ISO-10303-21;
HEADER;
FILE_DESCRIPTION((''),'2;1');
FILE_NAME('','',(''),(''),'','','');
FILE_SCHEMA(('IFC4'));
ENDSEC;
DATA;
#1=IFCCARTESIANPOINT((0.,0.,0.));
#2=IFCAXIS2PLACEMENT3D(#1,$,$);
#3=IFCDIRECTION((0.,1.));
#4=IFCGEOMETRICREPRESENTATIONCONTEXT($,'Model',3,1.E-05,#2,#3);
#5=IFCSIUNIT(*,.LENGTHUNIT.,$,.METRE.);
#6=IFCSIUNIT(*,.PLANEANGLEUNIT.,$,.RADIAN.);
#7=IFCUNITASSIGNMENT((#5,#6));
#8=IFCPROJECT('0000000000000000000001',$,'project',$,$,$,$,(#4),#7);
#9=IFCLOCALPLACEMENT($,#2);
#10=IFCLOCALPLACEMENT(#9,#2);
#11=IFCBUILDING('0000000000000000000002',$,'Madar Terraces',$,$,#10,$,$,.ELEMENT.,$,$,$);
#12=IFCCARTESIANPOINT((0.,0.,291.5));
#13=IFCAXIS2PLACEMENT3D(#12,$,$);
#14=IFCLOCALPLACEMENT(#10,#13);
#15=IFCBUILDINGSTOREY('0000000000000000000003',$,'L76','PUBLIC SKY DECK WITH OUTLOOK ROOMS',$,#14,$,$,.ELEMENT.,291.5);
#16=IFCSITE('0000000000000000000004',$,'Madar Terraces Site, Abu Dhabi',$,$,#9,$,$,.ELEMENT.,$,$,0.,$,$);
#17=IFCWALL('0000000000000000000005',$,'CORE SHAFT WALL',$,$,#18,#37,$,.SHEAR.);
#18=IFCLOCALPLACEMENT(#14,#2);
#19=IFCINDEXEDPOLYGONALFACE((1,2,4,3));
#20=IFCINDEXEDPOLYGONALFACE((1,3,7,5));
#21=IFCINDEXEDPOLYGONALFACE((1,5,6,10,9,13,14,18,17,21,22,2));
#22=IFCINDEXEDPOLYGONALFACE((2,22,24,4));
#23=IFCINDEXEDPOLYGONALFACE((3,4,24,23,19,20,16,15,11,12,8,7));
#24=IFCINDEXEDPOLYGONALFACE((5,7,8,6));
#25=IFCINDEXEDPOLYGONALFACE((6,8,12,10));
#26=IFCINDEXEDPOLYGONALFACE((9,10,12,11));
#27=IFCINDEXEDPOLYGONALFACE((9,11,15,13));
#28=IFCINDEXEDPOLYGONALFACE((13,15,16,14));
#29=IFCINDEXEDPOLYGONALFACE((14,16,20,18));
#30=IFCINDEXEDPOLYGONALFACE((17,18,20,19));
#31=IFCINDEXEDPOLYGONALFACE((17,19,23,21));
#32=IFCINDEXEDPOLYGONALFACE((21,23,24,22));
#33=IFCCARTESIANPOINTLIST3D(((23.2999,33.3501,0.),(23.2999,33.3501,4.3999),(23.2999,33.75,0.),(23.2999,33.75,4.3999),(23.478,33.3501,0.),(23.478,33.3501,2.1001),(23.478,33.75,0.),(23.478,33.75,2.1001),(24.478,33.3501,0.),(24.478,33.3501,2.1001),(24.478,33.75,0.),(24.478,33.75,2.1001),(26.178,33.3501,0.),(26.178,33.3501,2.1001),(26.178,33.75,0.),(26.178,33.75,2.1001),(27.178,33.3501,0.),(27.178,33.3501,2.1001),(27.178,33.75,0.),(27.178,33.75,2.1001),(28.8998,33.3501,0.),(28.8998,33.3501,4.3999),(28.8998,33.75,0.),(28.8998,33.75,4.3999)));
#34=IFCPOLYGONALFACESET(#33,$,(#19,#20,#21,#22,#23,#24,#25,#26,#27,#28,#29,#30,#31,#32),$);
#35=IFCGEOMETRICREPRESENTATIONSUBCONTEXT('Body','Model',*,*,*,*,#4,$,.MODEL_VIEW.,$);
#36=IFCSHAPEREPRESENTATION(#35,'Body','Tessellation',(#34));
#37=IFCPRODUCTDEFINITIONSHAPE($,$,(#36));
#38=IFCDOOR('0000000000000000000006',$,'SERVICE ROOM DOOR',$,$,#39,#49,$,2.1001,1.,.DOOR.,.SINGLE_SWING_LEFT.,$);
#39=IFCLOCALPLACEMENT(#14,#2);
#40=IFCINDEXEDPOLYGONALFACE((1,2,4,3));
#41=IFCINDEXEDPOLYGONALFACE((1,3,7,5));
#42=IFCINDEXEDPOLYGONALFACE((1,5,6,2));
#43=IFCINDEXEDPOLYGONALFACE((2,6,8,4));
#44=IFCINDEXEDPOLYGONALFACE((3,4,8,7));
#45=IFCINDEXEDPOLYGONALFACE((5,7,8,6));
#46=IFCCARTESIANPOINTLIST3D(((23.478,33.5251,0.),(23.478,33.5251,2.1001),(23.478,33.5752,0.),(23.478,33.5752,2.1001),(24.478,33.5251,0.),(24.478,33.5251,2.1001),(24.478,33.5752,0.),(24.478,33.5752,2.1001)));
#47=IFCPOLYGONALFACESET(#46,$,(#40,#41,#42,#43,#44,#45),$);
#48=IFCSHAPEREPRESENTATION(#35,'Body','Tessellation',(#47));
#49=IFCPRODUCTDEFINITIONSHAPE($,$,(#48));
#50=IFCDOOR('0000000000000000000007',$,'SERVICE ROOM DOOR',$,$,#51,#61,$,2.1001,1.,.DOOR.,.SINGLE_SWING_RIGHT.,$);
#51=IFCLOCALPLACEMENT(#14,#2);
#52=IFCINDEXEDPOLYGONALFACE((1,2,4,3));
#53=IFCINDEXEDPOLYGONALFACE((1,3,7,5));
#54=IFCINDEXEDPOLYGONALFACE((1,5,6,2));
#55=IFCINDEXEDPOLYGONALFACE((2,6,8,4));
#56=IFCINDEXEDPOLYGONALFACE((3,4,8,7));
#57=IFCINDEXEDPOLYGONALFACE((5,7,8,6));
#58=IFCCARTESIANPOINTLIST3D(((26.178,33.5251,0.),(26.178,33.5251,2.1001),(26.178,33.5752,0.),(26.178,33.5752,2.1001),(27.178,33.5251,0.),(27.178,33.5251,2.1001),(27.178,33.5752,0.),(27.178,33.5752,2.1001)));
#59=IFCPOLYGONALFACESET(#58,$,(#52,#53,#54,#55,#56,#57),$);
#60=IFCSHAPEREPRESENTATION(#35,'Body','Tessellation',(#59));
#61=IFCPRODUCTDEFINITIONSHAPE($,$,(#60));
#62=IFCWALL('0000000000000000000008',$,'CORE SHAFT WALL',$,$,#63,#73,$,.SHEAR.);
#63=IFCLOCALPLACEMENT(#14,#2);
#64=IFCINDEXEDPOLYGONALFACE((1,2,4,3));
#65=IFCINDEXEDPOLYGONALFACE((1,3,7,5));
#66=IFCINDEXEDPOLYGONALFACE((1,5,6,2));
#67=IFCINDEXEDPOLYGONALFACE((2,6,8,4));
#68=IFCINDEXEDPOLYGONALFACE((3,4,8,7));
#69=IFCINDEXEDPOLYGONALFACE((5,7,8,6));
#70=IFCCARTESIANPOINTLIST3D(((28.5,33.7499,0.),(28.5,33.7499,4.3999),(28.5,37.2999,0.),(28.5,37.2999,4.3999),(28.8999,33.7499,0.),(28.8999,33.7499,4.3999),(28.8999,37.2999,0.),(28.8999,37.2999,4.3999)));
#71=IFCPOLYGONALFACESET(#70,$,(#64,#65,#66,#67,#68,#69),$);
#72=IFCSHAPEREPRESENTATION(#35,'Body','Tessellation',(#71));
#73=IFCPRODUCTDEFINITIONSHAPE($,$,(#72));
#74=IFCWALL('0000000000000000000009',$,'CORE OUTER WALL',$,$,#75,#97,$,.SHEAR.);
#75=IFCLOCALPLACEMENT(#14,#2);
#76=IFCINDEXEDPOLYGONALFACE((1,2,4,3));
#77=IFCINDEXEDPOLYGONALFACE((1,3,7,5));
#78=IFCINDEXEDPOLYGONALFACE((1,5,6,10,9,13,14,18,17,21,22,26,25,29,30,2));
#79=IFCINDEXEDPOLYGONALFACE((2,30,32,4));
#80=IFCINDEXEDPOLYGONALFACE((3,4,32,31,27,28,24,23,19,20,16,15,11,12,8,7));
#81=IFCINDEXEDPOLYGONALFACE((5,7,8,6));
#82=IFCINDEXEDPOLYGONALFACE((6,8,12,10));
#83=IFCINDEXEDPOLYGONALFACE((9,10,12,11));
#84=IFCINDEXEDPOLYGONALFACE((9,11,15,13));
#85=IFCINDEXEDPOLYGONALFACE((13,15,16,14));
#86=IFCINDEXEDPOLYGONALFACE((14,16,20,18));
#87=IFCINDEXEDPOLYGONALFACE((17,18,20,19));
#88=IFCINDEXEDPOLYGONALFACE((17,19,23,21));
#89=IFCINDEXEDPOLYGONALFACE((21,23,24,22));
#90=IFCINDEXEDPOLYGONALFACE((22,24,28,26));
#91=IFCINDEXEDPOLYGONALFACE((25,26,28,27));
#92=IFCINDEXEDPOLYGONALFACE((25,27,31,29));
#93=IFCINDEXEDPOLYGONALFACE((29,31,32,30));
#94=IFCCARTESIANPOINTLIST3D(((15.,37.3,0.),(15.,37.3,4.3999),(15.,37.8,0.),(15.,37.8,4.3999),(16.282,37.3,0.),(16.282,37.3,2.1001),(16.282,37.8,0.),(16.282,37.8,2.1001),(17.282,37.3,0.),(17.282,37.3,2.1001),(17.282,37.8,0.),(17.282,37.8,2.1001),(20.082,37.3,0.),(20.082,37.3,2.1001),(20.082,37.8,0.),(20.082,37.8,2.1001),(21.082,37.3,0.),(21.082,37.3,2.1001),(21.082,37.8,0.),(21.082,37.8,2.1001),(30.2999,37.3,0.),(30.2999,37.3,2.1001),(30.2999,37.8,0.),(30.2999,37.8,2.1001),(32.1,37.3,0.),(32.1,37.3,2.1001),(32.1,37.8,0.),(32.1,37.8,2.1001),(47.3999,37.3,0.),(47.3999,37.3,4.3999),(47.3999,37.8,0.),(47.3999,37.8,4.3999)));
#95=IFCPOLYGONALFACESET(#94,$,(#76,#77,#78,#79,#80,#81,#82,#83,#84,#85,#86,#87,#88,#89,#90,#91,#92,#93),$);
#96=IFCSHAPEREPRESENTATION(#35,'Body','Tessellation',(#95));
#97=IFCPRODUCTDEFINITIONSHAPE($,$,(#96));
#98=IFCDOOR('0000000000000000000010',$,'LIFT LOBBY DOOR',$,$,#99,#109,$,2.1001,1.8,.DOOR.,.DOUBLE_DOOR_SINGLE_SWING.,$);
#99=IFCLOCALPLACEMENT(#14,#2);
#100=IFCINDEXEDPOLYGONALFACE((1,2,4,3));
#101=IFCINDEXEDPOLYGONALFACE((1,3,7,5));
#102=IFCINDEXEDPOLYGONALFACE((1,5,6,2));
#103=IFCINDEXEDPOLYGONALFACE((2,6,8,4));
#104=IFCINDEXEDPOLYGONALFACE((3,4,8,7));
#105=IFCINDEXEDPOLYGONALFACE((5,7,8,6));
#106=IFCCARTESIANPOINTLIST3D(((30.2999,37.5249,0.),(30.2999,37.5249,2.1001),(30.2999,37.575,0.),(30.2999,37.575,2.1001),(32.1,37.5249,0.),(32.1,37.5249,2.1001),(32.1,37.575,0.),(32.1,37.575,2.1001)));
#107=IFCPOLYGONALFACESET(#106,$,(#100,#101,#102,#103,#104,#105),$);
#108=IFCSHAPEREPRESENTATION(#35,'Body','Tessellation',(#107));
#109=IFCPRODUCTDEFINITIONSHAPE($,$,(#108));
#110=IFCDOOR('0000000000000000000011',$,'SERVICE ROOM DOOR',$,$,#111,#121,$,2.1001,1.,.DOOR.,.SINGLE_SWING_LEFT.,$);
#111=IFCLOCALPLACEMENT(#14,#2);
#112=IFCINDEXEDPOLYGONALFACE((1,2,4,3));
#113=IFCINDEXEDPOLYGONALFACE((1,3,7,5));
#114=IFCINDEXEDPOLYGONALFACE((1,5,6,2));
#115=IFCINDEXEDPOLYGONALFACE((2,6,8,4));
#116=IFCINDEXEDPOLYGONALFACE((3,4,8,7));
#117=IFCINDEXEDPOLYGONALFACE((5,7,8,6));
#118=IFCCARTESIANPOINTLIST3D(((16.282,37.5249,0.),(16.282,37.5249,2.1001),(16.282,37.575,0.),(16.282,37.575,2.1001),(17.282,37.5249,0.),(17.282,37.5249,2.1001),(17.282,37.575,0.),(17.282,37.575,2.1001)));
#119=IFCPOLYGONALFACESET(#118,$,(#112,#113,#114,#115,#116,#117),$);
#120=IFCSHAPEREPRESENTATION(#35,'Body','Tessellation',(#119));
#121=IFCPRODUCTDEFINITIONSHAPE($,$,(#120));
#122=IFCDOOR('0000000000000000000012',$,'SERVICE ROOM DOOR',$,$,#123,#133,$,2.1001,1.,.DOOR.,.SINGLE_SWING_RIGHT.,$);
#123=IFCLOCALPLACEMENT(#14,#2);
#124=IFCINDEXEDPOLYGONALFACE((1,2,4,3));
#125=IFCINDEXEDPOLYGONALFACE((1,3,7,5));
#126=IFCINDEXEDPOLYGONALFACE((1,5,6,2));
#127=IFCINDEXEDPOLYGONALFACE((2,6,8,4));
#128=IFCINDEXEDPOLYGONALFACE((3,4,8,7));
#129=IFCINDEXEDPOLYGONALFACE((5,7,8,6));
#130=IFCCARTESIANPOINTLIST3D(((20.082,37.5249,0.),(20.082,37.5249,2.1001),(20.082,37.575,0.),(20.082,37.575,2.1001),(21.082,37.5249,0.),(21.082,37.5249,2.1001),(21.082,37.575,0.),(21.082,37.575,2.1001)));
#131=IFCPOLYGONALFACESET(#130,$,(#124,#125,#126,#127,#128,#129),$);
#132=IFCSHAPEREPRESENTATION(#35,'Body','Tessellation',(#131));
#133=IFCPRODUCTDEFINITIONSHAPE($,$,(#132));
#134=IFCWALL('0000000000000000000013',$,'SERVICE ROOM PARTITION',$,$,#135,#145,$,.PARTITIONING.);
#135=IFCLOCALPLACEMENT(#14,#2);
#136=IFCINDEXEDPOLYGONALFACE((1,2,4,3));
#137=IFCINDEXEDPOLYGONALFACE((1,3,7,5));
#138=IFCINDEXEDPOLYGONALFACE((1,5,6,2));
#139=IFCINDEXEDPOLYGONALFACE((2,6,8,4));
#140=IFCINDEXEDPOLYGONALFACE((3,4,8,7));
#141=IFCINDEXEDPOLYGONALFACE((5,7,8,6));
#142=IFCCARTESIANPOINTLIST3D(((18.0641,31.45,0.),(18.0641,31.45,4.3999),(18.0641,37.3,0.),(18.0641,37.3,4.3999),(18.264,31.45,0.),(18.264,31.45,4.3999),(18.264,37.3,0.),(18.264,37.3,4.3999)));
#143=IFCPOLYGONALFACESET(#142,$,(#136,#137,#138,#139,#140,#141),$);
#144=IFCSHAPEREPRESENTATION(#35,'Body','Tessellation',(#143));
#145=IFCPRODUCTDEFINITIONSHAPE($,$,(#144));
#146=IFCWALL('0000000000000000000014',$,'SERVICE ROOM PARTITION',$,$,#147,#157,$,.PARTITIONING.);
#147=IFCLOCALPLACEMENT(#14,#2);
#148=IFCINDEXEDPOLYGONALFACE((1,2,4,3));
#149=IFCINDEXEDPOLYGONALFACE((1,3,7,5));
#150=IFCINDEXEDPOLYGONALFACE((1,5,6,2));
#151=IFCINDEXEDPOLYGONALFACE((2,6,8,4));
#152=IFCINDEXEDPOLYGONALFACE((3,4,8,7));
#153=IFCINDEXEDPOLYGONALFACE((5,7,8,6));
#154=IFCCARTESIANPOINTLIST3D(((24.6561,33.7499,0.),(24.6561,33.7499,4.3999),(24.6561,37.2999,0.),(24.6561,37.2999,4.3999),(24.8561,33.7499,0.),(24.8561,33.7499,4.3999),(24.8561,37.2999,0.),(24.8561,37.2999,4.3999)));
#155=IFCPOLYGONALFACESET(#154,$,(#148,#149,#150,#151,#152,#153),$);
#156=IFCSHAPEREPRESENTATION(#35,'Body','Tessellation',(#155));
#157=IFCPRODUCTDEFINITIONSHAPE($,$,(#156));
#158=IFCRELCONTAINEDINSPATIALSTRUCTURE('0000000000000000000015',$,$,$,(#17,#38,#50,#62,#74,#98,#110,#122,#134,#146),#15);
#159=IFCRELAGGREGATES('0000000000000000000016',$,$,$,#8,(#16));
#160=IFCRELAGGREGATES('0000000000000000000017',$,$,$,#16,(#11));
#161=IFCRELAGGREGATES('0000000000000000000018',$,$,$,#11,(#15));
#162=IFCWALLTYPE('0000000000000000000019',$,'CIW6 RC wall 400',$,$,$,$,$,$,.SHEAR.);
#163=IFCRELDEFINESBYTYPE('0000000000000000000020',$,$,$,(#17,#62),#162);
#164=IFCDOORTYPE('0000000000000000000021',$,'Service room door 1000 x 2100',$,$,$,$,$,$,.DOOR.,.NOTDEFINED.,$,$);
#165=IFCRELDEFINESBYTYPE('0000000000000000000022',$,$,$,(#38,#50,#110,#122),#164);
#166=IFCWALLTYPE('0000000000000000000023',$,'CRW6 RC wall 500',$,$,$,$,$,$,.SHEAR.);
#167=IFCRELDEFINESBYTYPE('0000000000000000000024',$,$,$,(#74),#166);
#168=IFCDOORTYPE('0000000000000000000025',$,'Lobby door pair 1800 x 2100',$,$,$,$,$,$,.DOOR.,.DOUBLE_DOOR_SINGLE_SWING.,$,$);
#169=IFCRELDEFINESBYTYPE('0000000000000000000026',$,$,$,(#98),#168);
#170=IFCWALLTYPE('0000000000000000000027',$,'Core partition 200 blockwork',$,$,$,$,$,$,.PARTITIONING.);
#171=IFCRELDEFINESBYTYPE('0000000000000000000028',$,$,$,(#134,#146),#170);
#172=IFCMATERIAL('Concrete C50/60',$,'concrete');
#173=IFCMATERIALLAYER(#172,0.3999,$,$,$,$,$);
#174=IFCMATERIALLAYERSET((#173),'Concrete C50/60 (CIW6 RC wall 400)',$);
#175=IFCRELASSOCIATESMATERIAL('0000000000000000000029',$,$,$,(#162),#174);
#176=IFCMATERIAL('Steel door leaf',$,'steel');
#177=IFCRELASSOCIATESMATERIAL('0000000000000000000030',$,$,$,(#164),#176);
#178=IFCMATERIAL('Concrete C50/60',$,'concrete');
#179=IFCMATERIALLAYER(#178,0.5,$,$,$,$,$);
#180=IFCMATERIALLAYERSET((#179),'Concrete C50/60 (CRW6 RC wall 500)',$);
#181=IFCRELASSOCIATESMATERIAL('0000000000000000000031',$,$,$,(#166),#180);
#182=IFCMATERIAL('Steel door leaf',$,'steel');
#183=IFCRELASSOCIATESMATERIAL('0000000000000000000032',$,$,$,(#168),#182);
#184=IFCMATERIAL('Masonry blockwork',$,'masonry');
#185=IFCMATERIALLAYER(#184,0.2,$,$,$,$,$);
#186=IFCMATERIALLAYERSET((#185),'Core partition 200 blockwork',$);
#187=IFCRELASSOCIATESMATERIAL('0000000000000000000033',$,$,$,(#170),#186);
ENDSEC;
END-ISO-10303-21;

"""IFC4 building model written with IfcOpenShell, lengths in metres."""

from ifc_helpers import new_model, si_unit, direction, frame, frame_2d, origin, place, context, subcontext, project, spatial, rectangle, extrude, material, layer, layer_set, type_object, element, fill, save


model = new_model("IFC4")

# Units and contexts
model_context = context("Model", 3, precision=1e-05, world=origin(), true_north=direction((0.0, 1.0)))
body_context = subcontext(model_context, "Body", "Model", "MODEL_VIEW")
ifc_project = project(units=[si_unit("LENGTHUNIT", "METRE"), si_unit("PLANEANGLEUNIT", "RADIAN")], contexts=[model_context])

# Site, building, storey
site_placement = place(None, origin())
site = spatial("IfcSite", under=ifc_project, at=site_placement, Name="Madar Terraces Site, Abu Dhabi", CompositionType="ELEMENT", RefElevation=0.0)
building_placement = place(site_placement, origin())
building = spatial("IfcBuilding", under=site, at=building_placement, Name="Madar Terraces", CompositionType="ELEMENT")
storey_placement = place(building_placement, frame((0.0, 0.0, 291.5)))
storey = spatial("IfcBuildingStorey", under=building, at=storey_placement, Name="L76", Description="PUBLIC SKY DECK WITH OUTLOOK ROOMS", CompositionType="ELEMENT", Elevation=291.5)

# Shared definitions
ifc_material_1 = material(Name="Concrete C50/60", Category="concrete")
ifc_layer_1 = layer(ifc_material_1, 0.3999)
ifc_layer_set_1 = layer_set([ifc_layer_1], Name="Concrete C50/60 (CIW6 RC wall 400)")
wall_type_1 = type_object("IfcWallType", Name="CIW6 RC wall 400", PredefinedType="SHEAR", material=ifc_layer_set_1)

# Wall, openings, doors
wall_1_placement = place(storey_placement, frame((23.3, 33.55, 0.0), z_axis=(0.0, 0.0, 1.0), x_axis=(1.0, 0.0, 0.0)))
wall_1 = element("IfcWall", 1, at=wall_1_placement, inside=storey, type_object=wall_type_1, Name="CORE SHAFT WALL", PredefinedType="SHEAR", context=body_context, shape_type="SweptSolid", body=[
    extrude(rectangle(XDim=5.5999, YDim=0.3999, at=frame_2d((2.7998, 0.0))), origin(), (0.0, 0.0, 1.0), 4.3999),
])
opening_1_placement = place(wall_1_placement, frame((0.178, 0.0, 0.0)))
opening_1 = element("IfcOpeningElement", 2, at=opening_1_placement, cuts=wall_1, PredefinedType="OPENING", context=body_context, shape_type="SweptSolid", body=[
    extrude(rectangle(XDim=1.0, YDim=2.1001, at=frame_2d((0.5, 1.05))), frame((0.0, 0.21, 0.0), z_axis=(0.0, -1.0, 0.0), x_axis=(1.0, 0.0, 0.0)), (0.0, 0.0, 1.0), 0.4199),
])
opening_2_placement = place(wall_1_placement, frame((2.8779, 0.0, 0.0)))
opening_2 = element("IfcOpeningElement", 3, at=opening_2_placement, cuts=wall_1, PredefinedType="OPENING", context=body_context, shape_type="SweptSolid", body=[
    extrude(rectangle(XDim=1.0, YDim=2.1001, at=frame_2d((0.5, 1.05))), frame((0.0, 0.21, 0.0), z_axis=(0.0, -1.0, 0.0), x_axis=(1.0, 0.0, 0.0)), (0.0, 0.0, 1.0), 0.4199),
])
ifc_material_2 = material(Name="Steel door leaf", Category="steel")
door_type_1 = type_object("IfcDoorType", Name="Service room door 1000 x 2100", OperationType="NOTDEFINED", PredefinedType="DOOR", material=ifc_material_2)
door_1_placement = place(opening_1_placement, frame((1.0, 0.0, 0.0), z_axis=(0.0, 0.0, 1.0), x_axis=(-1.0, 0.0, 0.0)))
door_1 = element("IfcDoor", 4, at=door_1_placement, inside=storey, type_object=door_type_1, Name="SERVICE ROOM DOOR", OperationType="SINGLE_SWING_LEFT", OverallHeight=2.1001, OverallWidth=1.0, PredefinedType="DOOR", context=body_context, shape_type="SweptSolid", body=[
    extrude(rectangle(XDim=1.0, YDim=2.1001, at=frame_2d((0.5, 1.05))), frame((0.0, 0.0249, 0.0), z_axis=(0.0, -1.0, 0.0), x_axis=(1.0, 0.0, 0.0)), (0.0, 0.0, 1.0), 0.05),
])
fill(opening_1, door_1)
door_2_placement = place(opening_2_placement, frame((1.0, 0.0, 0.0), z_axis=(0.0, 0.0, 1.0), x_axis=(-1.0, 0.0, 0.0)))
door_2 = element("IfcDoor", 5, at=door_2_placement, inside=storey, type_object=door_type_1, Name="SERVICE ROOM DOOR", OperationType="SINGLE_SWING_RIGHT", OverallHeight=2.1001, OverallWidth=1.0, PredefinedType="DOOR", context=body_context, shape_type="SweptSolid", body=[
    extrude(rectangle(XDim=1.0, YDim=2.1001, at=frame_2d((0.5, 1.05))), frame((0.0, 0.0249, 0.0), z_axis=(0.0, -1.0, 0.0), x_axis=(1.0, 0.0, 0.0)), (0.0, 0.0, 1.0), 0.05),
])
fill(opening_2, door_2)

# Wall
wall_2_placement = place(storey_placement, frame((28.7, 33.75, 0.0), z_axis=(0.0, 0.0, 1.0), x_axis=(0.0, 1.0, 0.0)))
element("IfcWall", 6, at=wall_2_placement, inside=storey, type_object=wall_type_1, Name="CORE SHAFT WALL", PredefinedType="SHEAR", context=body_context, shape_type="SweptSolid", body=[
    extrude(rectangle(XDim=3.55, YDim=0.3999, at=frame_2d((1.7749, 0.0))), origin(), (0.0, 0.0, 1.0), 4.3999),
])

# Wall, openings, doors
ifc_material_3 = material(Name="Concrete C50/60", Category="concrete")
ifc_layer_2 = layer(ifc_material_3, 0.5)
ifc_layer_set_2 = layer_set([ifc_layer_2], Name="Concrete C50/60 (CRW6 RC wall 500)")
wall_type_2 = type_object("IfcWallType", Name="CRW6 RC wall 500", PredefinedType="SHEAR", material=ifc_layer_set_2)
wall_3_placement = place(storey_placement, frame((15.0, 37.55, 0.0), z_axis=(0.0, 0.0, 1.0), x_axis=(1.0, 0.0, 0.0)))
wall_3 = element("IfcWall", 7, at=wall_3_placement, inside=storey, type_object=wall_type_2, Name="CORE OUTER WALL", PredefinedType="SHEAR", context=body_context, shape_type="SweptSolid", body=[
    extrude(rectangle(XDim=32.3999, YDim=0.5, at=frame_2d((16.2, 0.0))), origin(), (0.0, 0.0, 1.0), 4.3999),
])
opening_3_placement = place(wall_3_placement, frame((15.3, 0.0, 0.0)))
opening_3 = element("IfcOpeningElement", 8, at=opening_3_placement, cuts=wall_3, PredefinedType="OPENING", context=body_context, shape_type="SweptSolid", body=[
    extrude(rectangle(XDim=1.8, YDim=2.1001, at=frame_2d((0.8999, 1.05))), frame((0.0, 0.26, 0.0), z_axis=(0.0, -1.0, 0.0), x_axis=(1.0, 0.0, 0.0)), (0.0, 0.0, 1.0), 0.52),
])
opening_4_placement = place(wall_3_placement, frame((1.282, 0.0, 0.0)))
opening_4 = element("IfcOpeningElement", 9, at=opening_4_placement, cuts=wall_3, PredefinedType="OPENING", context=body_context, shape_type="SweptSolid", body=[
    extrude(rectangle(XDim=1.0, YDim=2.1001, at=frame_2d((0.5, 1.05))), frame((0.0, 0.26, 0.0), z_axis=(0.0, -1.0, 0.0), x_axis=(1.0, 0.0, 0.0)), (0.0, 0.0, 1.0), 0.52),
])
opening_5_placement = place(wall_3_placement, frame((5.082, 0.0, 0.0)))
opening_5 = element("IfcOpeningElement", 10, at=opening_5_placement, cuts=wall_3, PredefinedType="OPENING", context=body_context, shape_type="SweptSolid", body=[
    extrude(rectangle(XDim=1.0, YDim=2.1001, at=frame_2d((0.5, 1.05))), frame((0.0, 0.26, 0.0), z_axis=(0.0, -1.0, 0.0), x_axis=(1.0, 0.0, 0.0)), (0.0, 0.0, 1.0), 0.52),
])
ifc_material_4 = material(Name="Steel door leaf", Category="steel")
door_type_2 = type_object("IfcDoorType", Name="Lobby door pair 1800 x 2100", OperationType="DOUBLE_DOOR_SINGLE_SWING", PredefinedType="DOOR", material=ifc_material_4)
door_3_placement = place(opening_3_placement, origin())
door_3 = element("IfcDoor", 11, at=door_3_placement, inside=storey, type_object=door_type_2, Name="LIFT LOBBY DOOR", OperationType="DOUBLE_DOOR_SINGLE_SWING", OverallHeight=2.1001, OverallWidth=1.8, PredefinedType="DOOR", context=body_context, shape_type="SweptSolid", body=[
    extrude(rectangle(XDim=1.8, YDim=2.1001, at=frame_2d((0.8999, 1.05))), frame((0.0, 0.0249, 0.0), z_axis=(0.0, -1.0, 0.0), x_axis=(1.0, 0.0, 0.0)), (0.0, 0.0, 1.0), 0.05),
])
fill(opening_3, door_3)
door_4_placement = place(opening_4_placement, origin())
door_4 = element("IfcDoor", 12, at=door_4_placement, inside=storey, type_object=door_type_1, Name="SERVICE ROOM DOOR", OperationType="SINGLE_SWING_LEFT", OverallHeight=2.1001, OverallWidth=1.0, PredefinedType="DOOR", context=body_context, shape_type="SweptSolid", body=[
    extrude(rectangle(XDim=1.0, YDim=2.1001, at=frame_2d((0.5, 1.05))), frame((0.0, 0.0249, 0.0), z_axis=(0.0, -1.0, 0.0), x_axis=(1.0, 0.0, 0.0)), (0.0, 0.0, 1.0), 0.05),
])
fill(opening_4, door_4)
door_5_placement = place(opening_5_placement, origin())
door_5 = element("IfcDoor", 13, at=door_5_placement, inside=storey, type_object=door_type_1, Name="SERVICE ROOM DOOR", OperationType="SINGLE_SWING_RIGHT", OverallHeight=2.1001, OverallWidth=1.0, PredefinedType="DOOR", context=body_context, shape_type="SweptSolid", body=[
    extrude(rectangle(XDim=1.0, YDim=2.1001, at=frame_2d((0.5, 1.05))), frame((0.0, 0.0249, 0.0), z_axis=(0.0, -1.0, 0.0), x_axis=(1.0, 0.0, 0.0)), (0.0, 0.0, 1.0), 0.05),
])
fill(opening_5, door_5)

# Walls
ifc_material_5 = material(Name="Masonry blockwork", Category="masonry")
ifc_layer_3 = layer(ifc_material_5, 0.2)
ifc_layer_set_3 = layer_set([ifc_layer_3], Name="Core partition 200 blockwork")
wall_type_3 = type_object("IfcWallType", Name="Core partition 200 blockwork", PredefinedType="PARTITIONING", material=ifc_layer_set_3)
wall_4_placement = place(storey_placement, frame((18.1641, 31.45, 0.0), z_axis=(0.0, 0.0, 1.0), x_axis=(0.0, 1.0, 0.0)))
element("IfcWall", 14, at=wall_4_placement, inside=storey, type_object=wall_type_3, Name="SERVICE ROOM PARTITION", PredefinedType="PARTITIONING", context=body_context, shape_type="SweptSolid", body=[
    extrude(rectangle(XDim=5.8501, YDim=0.2, at=frame_2d((2.925, 0.0))), origin(), (0.0, 0.0, 1.0), 4.3999),
])
wall_5_placement = place(storey_placement, frame((24.7561, 33.75, 0.0), z_axis=(0.0, 0.0, 1.0), x_axis=(0.0, 1.0, 0.0)))
element("IfcWall", 15, at=wall_5_placement, inside=storey, type_object=wall_type_3, Name="SERVICE ROOM PARTITION", PredefinedType="PARTITIONING", context=body_context, shape_type="SweptSolid", body=[
    extrude(rectangle(XDim=3.55, YDim=0.2, at=frame_2d((1.7749, 0.0))), origin(), (0.0, 0.0, 1.0), 4.3999),
])

save(model, "model.ifc")
